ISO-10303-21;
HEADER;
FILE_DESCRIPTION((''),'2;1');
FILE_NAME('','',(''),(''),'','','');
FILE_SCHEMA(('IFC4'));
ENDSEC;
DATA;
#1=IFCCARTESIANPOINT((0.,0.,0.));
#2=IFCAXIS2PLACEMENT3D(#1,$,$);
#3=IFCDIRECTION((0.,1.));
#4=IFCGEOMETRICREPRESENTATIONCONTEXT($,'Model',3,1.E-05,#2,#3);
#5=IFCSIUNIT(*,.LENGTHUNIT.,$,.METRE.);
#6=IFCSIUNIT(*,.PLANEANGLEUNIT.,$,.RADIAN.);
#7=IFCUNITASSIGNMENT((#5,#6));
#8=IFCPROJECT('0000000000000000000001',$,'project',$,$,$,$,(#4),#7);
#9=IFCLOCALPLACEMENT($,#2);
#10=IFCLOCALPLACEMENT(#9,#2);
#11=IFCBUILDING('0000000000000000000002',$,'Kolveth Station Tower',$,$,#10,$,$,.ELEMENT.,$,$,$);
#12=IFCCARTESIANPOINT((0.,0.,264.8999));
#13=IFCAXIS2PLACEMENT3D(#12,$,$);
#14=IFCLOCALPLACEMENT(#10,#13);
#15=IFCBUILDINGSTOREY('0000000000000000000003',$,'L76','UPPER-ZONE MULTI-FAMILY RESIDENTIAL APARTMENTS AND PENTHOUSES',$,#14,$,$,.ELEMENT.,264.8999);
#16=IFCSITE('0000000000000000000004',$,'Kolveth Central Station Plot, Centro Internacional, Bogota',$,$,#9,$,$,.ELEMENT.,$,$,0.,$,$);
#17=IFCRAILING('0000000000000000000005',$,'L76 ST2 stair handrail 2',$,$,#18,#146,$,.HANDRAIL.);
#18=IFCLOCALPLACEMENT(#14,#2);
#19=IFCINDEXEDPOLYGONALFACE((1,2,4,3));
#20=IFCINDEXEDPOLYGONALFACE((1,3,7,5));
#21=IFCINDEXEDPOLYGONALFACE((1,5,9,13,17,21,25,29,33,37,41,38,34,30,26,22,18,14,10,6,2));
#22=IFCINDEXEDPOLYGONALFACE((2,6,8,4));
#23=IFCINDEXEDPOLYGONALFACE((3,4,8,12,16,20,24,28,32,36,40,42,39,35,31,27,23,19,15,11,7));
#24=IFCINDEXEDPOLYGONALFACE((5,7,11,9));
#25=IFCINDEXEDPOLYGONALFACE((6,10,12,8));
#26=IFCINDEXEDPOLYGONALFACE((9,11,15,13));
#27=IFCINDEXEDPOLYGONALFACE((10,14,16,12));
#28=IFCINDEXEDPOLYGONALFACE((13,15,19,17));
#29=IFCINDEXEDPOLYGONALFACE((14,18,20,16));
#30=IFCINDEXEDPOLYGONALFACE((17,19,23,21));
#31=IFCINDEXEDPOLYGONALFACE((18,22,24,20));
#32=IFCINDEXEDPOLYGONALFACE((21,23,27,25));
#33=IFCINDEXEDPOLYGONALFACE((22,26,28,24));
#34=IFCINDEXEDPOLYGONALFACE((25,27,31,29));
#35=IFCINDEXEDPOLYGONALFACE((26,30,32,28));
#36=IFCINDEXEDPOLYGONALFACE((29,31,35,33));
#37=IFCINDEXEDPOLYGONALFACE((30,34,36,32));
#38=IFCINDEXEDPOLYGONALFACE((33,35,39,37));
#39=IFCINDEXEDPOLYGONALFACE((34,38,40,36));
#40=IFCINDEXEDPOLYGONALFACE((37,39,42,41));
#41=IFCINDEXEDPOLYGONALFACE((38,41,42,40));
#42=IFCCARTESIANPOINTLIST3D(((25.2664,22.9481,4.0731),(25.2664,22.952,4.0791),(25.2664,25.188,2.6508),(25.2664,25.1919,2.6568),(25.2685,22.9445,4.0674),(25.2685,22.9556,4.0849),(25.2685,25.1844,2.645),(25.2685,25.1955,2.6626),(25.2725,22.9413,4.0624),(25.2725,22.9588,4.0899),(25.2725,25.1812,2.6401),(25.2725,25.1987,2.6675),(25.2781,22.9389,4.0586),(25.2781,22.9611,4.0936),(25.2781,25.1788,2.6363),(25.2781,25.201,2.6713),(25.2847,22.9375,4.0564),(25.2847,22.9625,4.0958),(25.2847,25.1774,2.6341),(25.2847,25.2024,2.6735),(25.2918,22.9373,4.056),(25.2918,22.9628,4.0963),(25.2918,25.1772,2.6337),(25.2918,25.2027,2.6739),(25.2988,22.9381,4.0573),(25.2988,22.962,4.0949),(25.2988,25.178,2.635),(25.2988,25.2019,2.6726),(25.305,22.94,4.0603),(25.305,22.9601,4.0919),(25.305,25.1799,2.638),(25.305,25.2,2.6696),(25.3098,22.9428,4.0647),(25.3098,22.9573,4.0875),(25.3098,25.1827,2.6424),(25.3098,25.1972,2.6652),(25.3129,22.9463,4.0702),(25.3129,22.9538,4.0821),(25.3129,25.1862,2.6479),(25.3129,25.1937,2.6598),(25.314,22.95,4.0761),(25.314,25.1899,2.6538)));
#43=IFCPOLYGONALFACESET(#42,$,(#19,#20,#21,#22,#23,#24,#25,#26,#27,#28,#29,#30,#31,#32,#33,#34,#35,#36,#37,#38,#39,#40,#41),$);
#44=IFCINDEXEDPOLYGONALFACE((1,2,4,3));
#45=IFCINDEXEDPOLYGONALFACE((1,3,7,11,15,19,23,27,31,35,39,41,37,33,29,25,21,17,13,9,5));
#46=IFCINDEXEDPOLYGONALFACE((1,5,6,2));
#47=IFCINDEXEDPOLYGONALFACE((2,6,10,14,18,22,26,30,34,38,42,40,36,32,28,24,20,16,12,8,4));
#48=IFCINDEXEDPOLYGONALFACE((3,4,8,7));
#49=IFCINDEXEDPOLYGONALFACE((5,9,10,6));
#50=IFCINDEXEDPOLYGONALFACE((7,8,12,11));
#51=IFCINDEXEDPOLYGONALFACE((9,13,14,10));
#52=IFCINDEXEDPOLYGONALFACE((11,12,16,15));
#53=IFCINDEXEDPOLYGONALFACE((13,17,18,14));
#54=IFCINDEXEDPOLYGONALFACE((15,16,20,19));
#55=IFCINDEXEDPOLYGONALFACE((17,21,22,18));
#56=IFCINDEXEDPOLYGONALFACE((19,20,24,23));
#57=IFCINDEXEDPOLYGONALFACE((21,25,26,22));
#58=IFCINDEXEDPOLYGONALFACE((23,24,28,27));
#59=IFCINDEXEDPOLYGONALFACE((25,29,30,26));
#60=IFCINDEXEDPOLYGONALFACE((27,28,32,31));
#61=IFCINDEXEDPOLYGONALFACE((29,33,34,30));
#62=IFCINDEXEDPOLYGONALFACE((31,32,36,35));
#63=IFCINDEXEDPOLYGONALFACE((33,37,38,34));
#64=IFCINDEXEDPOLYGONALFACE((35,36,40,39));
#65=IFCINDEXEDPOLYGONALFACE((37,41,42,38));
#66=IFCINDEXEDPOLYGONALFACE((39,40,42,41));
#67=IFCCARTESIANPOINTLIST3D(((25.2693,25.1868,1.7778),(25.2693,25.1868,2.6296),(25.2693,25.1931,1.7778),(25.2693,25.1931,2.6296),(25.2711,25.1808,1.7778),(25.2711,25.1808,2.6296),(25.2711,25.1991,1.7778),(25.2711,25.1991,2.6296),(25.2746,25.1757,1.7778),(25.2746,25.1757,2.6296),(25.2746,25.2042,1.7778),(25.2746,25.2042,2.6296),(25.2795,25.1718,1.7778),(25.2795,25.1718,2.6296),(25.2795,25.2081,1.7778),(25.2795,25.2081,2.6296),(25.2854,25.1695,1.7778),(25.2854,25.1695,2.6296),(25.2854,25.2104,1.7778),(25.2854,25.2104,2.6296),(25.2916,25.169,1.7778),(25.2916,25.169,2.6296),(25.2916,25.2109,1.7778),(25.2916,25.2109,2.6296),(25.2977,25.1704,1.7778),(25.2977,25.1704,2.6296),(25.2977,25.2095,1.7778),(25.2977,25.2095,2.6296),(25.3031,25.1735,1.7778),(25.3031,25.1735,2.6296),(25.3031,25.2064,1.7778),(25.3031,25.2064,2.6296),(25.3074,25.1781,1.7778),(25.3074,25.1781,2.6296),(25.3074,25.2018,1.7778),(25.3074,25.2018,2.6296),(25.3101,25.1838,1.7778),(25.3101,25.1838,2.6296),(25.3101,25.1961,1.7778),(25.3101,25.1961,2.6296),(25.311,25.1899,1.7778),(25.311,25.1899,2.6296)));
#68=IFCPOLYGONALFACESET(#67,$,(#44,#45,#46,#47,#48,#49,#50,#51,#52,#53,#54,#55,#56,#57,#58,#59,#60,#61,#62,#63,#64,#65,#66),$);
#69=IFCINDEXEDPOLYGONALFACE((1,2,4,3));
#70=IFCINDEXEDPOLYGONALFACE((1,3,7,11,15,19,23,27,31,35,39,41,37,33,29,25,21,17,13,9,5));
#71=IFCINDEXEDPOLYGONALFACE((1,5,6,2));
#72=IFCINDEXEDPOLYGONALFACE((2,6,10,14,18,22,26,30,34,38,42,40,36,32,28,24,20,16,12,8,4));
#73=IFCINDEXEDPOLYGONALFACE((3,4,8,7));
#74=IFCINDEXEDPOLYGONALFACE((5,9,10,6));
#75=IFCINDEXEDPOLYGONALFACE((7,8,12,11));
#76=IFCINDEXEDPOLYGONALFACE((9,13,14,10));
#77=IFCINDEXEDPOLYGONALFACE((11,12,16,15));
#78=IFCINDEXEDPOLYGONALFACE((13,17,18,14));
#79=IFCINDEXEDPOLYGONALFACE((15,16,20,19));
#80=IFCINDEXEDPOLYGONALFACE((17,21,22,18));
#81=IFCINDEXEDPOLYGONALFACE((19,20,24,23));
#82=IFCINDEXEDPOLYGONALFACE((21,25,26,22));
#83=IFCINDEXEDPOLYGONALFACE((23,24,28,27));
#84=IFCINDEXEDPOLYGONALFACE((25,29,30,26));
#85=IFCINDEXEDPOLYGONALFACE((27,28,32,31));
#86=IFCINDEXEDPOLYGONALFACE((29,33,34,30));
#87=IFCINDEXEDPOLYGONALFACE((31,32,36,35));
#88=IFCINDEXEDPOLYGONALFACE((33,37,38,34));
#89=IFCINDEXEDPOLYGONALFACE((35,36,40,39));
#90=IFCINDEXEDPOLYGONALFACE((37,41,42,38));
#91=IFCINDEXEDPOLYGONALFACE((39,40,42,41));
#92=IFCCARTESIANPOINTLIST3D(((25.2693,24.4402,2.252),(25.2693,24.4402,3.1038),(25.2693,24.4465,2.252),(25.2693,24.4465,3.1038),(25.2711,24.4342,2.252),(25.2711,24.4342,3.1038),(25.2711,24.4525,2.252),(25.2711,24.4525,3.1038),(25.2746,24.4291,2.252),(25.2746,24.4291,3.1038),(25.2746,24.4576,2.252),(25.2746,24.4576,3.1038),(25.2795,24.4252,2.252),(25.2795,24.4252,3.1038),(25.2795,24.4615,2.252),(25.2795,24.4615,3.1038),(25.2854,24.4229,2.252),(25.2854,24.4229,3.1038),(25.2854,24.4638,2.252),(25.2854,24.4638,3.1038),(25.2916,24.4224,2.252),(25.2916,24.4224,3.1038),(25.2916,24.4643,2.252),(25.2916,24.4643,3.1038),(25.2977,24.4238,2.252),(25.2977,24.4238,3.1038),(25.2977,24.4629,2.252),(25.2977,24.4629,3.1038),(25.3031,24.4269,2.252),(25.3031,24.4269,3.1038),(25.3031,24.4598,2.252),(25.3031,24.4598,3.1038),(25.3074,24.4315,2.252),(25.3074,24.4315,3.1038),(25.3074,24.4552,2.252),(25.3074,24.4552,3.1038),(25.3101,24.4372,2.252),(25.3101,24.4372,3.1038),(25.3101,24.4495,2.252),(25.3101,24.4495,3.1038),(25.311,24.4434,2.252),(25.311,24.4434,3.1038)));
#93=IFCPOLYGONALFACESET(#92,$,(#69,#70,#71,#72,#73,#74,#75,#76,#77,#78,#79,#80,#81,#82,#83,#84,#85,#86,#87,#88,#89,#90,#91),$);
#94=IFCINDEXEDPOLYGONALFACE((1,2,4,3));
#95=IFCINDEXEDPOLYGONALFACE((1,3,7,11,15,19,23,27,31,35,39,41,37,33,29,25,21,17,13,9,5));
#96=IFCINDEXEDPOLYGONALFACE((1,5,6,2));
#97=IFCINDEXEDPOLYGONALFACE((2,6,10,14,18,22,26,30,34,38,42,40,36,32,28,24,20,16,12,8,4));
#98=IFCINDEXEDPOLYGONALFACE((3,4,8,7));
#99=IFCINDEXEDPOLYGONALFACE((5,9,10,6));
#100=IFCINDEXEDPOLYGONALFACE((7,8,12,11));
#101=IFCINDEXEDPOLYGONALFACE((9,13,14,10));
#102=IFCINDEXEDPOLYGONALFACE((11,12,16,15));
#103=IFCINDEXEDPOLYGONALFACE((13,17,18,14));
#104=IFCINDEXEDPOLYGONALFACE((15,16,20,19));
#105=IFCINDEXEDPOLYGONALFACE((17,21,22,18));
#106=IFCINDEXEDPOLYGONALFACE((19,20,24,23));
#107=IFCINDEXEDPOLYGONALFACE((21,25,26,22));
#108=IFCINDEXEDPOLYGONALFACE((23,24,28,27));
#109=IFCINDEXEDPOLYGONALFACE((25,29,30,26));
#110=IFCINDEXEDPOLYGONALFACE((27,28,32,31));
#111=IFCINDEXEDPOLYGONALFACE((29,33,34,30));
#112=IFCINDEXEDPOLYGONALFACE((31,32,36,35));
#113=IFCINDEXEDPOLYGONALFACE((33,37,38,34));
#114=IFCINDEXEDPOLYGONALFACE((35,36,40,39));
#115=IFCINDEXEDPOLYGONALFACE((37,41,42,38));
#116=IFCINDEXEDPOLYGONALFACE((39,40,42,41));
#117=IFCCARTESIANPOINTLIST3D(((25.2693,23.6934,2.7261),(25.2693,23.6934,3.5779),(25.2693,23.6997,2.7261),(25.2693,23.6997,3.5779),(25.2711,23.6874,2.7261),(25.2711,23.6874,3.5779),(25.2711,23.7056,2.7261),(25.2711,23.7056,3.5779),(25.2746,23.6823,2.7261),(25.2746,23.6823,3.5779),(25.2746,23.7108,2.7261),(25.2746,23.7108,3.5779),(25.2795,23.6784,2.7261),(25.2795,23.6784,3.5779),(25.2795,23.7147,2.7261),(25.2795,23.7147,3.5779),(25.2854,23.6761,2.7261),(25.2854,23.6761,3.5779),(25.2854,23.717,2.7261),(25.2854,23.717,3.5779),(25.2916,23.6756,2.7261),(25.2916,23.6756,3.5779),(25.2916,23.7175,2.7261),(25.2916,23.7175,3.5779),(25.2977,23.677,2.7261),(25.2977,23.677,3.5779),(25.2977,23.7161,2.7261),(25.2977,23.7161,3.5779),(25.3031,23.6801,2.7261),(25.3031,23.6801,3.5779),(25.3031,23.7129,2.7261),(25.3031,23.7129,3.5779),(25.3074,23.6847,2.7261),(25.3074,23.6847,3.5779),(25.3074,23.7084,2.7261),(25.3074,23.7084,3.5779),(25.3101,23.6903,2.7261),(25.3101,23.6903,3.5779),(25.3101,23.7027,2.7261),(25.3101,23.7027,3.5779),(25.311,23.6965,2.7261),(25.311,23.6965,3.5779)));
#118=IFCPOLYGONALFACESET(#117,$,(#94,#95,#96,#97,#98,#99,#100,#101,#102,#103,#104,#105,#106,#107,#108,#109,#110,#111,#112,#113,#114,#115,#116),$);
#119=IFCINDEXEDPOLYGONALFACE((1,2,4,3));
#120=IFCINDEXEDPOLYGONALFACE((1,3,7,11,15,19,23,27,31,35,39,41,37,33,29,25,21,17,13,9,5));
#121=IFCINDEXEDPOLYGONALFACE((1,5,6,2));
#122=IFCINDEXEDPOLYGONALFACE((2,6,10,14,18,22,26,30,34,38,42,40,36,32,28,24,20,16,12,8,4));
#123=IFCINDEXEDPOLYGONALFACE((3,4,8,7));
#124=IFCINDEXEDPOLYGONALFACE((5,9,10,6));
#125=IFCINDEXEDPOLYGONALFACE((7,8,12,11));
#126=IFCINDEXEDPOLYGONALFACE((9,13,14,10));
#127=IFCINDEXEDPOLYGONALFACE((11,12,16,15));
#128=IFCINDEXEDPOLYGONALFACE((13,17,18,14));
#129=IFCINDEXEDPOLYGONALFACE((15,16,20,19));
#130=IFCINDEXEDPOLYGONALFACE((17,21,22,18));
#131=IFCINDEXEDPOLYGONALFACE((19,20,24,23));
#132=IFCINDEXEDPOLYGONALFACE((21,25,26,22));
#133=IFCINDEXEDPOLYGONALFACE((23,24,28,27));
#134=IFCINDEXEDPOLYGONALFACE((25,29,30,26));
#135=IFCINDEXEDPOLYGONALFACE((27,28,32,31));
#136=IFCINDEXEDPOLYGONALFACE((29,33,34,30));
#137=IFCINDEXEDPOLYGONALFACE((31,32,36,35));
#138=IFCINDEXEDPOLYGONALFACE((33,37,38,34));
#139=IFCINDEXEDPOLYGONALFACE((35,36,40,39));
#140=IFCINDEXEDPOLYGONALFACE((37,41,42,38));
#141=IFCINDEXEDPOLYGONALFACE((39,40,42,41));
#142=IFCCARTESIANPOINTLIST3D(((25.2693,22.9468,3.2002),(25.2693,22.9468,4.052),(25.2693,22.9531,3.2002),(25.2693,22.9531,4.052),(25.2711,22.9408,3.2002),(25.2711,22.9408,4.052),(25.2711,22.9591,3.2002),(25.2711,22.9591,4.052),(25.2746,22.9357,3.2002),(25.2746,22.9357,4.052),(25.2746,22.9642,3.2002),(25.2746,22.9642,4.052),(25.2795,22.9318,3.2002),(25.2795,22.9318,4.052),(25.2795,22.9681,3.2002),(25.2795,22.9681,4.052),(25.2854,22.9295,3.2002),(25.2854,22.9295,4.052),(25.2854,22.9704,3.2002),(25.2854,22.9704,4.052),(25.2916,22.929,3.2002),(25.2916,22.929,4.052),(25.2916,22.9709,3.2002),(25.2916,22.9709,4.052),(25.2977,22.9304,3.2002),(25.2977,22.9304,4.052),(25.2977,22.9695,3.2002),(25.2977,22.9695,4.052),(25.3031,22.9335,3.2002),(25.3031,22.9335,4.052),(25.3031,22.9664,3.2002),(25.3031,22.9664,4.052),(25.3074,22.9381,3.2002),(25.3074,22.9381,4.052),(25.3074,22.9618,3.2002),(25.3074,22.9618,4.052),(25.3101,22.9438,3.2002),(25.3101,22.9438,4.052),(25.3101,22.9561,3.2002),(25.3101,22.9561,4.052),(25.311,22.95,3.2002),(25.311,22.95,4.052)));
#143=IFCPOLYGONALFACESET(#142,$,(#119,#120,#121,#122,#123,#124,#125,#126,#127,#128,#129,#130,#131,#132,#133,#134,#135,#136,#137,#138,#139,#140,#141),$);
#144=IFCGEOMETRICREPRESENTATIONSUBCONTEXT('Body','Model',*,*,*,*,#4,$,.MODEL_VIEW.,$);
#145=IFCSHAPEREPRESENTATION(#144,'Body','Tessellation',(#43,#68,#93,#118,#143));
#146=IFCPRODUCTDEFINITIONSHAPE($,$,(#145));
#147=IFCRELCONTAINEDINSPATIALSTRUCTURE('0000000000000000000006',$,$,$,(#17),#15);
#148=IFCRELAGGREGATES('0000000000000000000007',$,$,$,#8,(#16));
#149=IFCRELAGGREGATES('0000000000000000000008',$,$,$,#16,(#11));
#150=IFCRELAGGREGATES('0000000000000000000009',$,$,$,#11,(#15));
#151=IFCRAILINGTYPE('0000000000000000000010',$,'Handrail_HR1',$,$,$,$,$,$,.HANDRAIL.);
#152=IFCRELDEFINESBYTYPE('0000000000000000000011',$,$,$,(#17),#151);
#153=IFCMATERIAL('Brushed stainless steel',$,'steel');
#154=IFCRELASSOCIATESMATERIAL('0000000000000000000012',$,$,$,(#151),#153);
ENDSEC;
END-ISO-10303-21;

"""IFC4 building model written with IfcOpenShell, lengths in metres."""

from ifc_helpers import new_model, si_unit, direction, frame, origin, origin_2d, place, context, subcontext, project, spatial, circle, extrude, material, type_object, element, save


model = new_model("IFC4")

# Units and contexts
model_context = context("Model", 3, precision=1e-05, world=origin(), true_north=direction((0.0, 1.0)))
body_context = subcontext(model_context, "Body", "Model", "MODEL_VIEW")
ifc_project = project(units=[si_unit("LENGTHUNIT", "METRE"), si_unit("PLANEANGLEUNIT", "RADIAN")], contexts=[model_context])

# Site, building, storey
site_placement = place(None, origin())
site = spatial("IfcSite", under=ifc_project, at=site_placement, Name="Kolveth Central Station Plot, Centro Internacional, Bogota", CompositionType="ELEMENT", RefElevation=0.0)
building_placement = place(site_placement, origin())
building = spatial("IfcBuilding", under=site, at=building_placement, Name="Kolveth Station Tower", CompositionType="ELEMENT")
storey_placement = place(building_placement, frame((0.0, 0.0, 264.8999)))
storey = spatial("IfcBuildingStorey", under=building, at=storey_placement, Name="L76", Description="UPPER-ZONE MULTI-FAMILY RESIDENTIAL APARTMENTS AND PENTHOUSES", CompositionType="ELEMENT", Elevation=264.8999)

# Railing
ifc_material_1 = material(Name="Brushed stainless steel", Category="steel")
railing_type_1 = type_object("IfcRailingType", Name="Handrail_HR1", PredefinedType="HANDRAIL", material=ifc_material_1)
railing_1_placement = place(storey_placement, frame((25.29, 25.1899, 1.7778)))
element("IfcRailing", 1, at=railing_1_placement, inside=storey, type_object=railing_type_1, Name="L76 ST2 stair handrail 2", PredefinedType="HANDRAIL", context=body_context, shape_type="SweptSolid", body=[
    extrude(circle(Radius=0.0239, at=origin_2d()), frame((0.0, 0.0, 0.876), z_axis=(0.0, -0.844188, 0.536048), x_axis=(1.0, 0.0, 0.0)), (0.0, 0.0, 1.0), 2.6533),
    extrude(circle(Radius=0.021, at=origin_2d()), origin(), (0.0, 0.0, 1.0), 0.8518),
    extrude(circle(Radius=0.021, at=origin_2d()), frame((0.0, -0.7466, 0.4741)), (0.0, 0.0, 1.0), 0.8518),
    extrude(circle(Radius=0.021, at=origin_2d()), frame((0.0, -1.4934, 0.9482)), (0.0, 0.0, 1.0), 0.8518),
    extrude(circle(Radius=0.021, at=origin_2d()), frame((0.0, -2.24, 1.4224)), (0.0, 0.0, 1.0), 0.8518),
])

save(model, "model.ifc")
